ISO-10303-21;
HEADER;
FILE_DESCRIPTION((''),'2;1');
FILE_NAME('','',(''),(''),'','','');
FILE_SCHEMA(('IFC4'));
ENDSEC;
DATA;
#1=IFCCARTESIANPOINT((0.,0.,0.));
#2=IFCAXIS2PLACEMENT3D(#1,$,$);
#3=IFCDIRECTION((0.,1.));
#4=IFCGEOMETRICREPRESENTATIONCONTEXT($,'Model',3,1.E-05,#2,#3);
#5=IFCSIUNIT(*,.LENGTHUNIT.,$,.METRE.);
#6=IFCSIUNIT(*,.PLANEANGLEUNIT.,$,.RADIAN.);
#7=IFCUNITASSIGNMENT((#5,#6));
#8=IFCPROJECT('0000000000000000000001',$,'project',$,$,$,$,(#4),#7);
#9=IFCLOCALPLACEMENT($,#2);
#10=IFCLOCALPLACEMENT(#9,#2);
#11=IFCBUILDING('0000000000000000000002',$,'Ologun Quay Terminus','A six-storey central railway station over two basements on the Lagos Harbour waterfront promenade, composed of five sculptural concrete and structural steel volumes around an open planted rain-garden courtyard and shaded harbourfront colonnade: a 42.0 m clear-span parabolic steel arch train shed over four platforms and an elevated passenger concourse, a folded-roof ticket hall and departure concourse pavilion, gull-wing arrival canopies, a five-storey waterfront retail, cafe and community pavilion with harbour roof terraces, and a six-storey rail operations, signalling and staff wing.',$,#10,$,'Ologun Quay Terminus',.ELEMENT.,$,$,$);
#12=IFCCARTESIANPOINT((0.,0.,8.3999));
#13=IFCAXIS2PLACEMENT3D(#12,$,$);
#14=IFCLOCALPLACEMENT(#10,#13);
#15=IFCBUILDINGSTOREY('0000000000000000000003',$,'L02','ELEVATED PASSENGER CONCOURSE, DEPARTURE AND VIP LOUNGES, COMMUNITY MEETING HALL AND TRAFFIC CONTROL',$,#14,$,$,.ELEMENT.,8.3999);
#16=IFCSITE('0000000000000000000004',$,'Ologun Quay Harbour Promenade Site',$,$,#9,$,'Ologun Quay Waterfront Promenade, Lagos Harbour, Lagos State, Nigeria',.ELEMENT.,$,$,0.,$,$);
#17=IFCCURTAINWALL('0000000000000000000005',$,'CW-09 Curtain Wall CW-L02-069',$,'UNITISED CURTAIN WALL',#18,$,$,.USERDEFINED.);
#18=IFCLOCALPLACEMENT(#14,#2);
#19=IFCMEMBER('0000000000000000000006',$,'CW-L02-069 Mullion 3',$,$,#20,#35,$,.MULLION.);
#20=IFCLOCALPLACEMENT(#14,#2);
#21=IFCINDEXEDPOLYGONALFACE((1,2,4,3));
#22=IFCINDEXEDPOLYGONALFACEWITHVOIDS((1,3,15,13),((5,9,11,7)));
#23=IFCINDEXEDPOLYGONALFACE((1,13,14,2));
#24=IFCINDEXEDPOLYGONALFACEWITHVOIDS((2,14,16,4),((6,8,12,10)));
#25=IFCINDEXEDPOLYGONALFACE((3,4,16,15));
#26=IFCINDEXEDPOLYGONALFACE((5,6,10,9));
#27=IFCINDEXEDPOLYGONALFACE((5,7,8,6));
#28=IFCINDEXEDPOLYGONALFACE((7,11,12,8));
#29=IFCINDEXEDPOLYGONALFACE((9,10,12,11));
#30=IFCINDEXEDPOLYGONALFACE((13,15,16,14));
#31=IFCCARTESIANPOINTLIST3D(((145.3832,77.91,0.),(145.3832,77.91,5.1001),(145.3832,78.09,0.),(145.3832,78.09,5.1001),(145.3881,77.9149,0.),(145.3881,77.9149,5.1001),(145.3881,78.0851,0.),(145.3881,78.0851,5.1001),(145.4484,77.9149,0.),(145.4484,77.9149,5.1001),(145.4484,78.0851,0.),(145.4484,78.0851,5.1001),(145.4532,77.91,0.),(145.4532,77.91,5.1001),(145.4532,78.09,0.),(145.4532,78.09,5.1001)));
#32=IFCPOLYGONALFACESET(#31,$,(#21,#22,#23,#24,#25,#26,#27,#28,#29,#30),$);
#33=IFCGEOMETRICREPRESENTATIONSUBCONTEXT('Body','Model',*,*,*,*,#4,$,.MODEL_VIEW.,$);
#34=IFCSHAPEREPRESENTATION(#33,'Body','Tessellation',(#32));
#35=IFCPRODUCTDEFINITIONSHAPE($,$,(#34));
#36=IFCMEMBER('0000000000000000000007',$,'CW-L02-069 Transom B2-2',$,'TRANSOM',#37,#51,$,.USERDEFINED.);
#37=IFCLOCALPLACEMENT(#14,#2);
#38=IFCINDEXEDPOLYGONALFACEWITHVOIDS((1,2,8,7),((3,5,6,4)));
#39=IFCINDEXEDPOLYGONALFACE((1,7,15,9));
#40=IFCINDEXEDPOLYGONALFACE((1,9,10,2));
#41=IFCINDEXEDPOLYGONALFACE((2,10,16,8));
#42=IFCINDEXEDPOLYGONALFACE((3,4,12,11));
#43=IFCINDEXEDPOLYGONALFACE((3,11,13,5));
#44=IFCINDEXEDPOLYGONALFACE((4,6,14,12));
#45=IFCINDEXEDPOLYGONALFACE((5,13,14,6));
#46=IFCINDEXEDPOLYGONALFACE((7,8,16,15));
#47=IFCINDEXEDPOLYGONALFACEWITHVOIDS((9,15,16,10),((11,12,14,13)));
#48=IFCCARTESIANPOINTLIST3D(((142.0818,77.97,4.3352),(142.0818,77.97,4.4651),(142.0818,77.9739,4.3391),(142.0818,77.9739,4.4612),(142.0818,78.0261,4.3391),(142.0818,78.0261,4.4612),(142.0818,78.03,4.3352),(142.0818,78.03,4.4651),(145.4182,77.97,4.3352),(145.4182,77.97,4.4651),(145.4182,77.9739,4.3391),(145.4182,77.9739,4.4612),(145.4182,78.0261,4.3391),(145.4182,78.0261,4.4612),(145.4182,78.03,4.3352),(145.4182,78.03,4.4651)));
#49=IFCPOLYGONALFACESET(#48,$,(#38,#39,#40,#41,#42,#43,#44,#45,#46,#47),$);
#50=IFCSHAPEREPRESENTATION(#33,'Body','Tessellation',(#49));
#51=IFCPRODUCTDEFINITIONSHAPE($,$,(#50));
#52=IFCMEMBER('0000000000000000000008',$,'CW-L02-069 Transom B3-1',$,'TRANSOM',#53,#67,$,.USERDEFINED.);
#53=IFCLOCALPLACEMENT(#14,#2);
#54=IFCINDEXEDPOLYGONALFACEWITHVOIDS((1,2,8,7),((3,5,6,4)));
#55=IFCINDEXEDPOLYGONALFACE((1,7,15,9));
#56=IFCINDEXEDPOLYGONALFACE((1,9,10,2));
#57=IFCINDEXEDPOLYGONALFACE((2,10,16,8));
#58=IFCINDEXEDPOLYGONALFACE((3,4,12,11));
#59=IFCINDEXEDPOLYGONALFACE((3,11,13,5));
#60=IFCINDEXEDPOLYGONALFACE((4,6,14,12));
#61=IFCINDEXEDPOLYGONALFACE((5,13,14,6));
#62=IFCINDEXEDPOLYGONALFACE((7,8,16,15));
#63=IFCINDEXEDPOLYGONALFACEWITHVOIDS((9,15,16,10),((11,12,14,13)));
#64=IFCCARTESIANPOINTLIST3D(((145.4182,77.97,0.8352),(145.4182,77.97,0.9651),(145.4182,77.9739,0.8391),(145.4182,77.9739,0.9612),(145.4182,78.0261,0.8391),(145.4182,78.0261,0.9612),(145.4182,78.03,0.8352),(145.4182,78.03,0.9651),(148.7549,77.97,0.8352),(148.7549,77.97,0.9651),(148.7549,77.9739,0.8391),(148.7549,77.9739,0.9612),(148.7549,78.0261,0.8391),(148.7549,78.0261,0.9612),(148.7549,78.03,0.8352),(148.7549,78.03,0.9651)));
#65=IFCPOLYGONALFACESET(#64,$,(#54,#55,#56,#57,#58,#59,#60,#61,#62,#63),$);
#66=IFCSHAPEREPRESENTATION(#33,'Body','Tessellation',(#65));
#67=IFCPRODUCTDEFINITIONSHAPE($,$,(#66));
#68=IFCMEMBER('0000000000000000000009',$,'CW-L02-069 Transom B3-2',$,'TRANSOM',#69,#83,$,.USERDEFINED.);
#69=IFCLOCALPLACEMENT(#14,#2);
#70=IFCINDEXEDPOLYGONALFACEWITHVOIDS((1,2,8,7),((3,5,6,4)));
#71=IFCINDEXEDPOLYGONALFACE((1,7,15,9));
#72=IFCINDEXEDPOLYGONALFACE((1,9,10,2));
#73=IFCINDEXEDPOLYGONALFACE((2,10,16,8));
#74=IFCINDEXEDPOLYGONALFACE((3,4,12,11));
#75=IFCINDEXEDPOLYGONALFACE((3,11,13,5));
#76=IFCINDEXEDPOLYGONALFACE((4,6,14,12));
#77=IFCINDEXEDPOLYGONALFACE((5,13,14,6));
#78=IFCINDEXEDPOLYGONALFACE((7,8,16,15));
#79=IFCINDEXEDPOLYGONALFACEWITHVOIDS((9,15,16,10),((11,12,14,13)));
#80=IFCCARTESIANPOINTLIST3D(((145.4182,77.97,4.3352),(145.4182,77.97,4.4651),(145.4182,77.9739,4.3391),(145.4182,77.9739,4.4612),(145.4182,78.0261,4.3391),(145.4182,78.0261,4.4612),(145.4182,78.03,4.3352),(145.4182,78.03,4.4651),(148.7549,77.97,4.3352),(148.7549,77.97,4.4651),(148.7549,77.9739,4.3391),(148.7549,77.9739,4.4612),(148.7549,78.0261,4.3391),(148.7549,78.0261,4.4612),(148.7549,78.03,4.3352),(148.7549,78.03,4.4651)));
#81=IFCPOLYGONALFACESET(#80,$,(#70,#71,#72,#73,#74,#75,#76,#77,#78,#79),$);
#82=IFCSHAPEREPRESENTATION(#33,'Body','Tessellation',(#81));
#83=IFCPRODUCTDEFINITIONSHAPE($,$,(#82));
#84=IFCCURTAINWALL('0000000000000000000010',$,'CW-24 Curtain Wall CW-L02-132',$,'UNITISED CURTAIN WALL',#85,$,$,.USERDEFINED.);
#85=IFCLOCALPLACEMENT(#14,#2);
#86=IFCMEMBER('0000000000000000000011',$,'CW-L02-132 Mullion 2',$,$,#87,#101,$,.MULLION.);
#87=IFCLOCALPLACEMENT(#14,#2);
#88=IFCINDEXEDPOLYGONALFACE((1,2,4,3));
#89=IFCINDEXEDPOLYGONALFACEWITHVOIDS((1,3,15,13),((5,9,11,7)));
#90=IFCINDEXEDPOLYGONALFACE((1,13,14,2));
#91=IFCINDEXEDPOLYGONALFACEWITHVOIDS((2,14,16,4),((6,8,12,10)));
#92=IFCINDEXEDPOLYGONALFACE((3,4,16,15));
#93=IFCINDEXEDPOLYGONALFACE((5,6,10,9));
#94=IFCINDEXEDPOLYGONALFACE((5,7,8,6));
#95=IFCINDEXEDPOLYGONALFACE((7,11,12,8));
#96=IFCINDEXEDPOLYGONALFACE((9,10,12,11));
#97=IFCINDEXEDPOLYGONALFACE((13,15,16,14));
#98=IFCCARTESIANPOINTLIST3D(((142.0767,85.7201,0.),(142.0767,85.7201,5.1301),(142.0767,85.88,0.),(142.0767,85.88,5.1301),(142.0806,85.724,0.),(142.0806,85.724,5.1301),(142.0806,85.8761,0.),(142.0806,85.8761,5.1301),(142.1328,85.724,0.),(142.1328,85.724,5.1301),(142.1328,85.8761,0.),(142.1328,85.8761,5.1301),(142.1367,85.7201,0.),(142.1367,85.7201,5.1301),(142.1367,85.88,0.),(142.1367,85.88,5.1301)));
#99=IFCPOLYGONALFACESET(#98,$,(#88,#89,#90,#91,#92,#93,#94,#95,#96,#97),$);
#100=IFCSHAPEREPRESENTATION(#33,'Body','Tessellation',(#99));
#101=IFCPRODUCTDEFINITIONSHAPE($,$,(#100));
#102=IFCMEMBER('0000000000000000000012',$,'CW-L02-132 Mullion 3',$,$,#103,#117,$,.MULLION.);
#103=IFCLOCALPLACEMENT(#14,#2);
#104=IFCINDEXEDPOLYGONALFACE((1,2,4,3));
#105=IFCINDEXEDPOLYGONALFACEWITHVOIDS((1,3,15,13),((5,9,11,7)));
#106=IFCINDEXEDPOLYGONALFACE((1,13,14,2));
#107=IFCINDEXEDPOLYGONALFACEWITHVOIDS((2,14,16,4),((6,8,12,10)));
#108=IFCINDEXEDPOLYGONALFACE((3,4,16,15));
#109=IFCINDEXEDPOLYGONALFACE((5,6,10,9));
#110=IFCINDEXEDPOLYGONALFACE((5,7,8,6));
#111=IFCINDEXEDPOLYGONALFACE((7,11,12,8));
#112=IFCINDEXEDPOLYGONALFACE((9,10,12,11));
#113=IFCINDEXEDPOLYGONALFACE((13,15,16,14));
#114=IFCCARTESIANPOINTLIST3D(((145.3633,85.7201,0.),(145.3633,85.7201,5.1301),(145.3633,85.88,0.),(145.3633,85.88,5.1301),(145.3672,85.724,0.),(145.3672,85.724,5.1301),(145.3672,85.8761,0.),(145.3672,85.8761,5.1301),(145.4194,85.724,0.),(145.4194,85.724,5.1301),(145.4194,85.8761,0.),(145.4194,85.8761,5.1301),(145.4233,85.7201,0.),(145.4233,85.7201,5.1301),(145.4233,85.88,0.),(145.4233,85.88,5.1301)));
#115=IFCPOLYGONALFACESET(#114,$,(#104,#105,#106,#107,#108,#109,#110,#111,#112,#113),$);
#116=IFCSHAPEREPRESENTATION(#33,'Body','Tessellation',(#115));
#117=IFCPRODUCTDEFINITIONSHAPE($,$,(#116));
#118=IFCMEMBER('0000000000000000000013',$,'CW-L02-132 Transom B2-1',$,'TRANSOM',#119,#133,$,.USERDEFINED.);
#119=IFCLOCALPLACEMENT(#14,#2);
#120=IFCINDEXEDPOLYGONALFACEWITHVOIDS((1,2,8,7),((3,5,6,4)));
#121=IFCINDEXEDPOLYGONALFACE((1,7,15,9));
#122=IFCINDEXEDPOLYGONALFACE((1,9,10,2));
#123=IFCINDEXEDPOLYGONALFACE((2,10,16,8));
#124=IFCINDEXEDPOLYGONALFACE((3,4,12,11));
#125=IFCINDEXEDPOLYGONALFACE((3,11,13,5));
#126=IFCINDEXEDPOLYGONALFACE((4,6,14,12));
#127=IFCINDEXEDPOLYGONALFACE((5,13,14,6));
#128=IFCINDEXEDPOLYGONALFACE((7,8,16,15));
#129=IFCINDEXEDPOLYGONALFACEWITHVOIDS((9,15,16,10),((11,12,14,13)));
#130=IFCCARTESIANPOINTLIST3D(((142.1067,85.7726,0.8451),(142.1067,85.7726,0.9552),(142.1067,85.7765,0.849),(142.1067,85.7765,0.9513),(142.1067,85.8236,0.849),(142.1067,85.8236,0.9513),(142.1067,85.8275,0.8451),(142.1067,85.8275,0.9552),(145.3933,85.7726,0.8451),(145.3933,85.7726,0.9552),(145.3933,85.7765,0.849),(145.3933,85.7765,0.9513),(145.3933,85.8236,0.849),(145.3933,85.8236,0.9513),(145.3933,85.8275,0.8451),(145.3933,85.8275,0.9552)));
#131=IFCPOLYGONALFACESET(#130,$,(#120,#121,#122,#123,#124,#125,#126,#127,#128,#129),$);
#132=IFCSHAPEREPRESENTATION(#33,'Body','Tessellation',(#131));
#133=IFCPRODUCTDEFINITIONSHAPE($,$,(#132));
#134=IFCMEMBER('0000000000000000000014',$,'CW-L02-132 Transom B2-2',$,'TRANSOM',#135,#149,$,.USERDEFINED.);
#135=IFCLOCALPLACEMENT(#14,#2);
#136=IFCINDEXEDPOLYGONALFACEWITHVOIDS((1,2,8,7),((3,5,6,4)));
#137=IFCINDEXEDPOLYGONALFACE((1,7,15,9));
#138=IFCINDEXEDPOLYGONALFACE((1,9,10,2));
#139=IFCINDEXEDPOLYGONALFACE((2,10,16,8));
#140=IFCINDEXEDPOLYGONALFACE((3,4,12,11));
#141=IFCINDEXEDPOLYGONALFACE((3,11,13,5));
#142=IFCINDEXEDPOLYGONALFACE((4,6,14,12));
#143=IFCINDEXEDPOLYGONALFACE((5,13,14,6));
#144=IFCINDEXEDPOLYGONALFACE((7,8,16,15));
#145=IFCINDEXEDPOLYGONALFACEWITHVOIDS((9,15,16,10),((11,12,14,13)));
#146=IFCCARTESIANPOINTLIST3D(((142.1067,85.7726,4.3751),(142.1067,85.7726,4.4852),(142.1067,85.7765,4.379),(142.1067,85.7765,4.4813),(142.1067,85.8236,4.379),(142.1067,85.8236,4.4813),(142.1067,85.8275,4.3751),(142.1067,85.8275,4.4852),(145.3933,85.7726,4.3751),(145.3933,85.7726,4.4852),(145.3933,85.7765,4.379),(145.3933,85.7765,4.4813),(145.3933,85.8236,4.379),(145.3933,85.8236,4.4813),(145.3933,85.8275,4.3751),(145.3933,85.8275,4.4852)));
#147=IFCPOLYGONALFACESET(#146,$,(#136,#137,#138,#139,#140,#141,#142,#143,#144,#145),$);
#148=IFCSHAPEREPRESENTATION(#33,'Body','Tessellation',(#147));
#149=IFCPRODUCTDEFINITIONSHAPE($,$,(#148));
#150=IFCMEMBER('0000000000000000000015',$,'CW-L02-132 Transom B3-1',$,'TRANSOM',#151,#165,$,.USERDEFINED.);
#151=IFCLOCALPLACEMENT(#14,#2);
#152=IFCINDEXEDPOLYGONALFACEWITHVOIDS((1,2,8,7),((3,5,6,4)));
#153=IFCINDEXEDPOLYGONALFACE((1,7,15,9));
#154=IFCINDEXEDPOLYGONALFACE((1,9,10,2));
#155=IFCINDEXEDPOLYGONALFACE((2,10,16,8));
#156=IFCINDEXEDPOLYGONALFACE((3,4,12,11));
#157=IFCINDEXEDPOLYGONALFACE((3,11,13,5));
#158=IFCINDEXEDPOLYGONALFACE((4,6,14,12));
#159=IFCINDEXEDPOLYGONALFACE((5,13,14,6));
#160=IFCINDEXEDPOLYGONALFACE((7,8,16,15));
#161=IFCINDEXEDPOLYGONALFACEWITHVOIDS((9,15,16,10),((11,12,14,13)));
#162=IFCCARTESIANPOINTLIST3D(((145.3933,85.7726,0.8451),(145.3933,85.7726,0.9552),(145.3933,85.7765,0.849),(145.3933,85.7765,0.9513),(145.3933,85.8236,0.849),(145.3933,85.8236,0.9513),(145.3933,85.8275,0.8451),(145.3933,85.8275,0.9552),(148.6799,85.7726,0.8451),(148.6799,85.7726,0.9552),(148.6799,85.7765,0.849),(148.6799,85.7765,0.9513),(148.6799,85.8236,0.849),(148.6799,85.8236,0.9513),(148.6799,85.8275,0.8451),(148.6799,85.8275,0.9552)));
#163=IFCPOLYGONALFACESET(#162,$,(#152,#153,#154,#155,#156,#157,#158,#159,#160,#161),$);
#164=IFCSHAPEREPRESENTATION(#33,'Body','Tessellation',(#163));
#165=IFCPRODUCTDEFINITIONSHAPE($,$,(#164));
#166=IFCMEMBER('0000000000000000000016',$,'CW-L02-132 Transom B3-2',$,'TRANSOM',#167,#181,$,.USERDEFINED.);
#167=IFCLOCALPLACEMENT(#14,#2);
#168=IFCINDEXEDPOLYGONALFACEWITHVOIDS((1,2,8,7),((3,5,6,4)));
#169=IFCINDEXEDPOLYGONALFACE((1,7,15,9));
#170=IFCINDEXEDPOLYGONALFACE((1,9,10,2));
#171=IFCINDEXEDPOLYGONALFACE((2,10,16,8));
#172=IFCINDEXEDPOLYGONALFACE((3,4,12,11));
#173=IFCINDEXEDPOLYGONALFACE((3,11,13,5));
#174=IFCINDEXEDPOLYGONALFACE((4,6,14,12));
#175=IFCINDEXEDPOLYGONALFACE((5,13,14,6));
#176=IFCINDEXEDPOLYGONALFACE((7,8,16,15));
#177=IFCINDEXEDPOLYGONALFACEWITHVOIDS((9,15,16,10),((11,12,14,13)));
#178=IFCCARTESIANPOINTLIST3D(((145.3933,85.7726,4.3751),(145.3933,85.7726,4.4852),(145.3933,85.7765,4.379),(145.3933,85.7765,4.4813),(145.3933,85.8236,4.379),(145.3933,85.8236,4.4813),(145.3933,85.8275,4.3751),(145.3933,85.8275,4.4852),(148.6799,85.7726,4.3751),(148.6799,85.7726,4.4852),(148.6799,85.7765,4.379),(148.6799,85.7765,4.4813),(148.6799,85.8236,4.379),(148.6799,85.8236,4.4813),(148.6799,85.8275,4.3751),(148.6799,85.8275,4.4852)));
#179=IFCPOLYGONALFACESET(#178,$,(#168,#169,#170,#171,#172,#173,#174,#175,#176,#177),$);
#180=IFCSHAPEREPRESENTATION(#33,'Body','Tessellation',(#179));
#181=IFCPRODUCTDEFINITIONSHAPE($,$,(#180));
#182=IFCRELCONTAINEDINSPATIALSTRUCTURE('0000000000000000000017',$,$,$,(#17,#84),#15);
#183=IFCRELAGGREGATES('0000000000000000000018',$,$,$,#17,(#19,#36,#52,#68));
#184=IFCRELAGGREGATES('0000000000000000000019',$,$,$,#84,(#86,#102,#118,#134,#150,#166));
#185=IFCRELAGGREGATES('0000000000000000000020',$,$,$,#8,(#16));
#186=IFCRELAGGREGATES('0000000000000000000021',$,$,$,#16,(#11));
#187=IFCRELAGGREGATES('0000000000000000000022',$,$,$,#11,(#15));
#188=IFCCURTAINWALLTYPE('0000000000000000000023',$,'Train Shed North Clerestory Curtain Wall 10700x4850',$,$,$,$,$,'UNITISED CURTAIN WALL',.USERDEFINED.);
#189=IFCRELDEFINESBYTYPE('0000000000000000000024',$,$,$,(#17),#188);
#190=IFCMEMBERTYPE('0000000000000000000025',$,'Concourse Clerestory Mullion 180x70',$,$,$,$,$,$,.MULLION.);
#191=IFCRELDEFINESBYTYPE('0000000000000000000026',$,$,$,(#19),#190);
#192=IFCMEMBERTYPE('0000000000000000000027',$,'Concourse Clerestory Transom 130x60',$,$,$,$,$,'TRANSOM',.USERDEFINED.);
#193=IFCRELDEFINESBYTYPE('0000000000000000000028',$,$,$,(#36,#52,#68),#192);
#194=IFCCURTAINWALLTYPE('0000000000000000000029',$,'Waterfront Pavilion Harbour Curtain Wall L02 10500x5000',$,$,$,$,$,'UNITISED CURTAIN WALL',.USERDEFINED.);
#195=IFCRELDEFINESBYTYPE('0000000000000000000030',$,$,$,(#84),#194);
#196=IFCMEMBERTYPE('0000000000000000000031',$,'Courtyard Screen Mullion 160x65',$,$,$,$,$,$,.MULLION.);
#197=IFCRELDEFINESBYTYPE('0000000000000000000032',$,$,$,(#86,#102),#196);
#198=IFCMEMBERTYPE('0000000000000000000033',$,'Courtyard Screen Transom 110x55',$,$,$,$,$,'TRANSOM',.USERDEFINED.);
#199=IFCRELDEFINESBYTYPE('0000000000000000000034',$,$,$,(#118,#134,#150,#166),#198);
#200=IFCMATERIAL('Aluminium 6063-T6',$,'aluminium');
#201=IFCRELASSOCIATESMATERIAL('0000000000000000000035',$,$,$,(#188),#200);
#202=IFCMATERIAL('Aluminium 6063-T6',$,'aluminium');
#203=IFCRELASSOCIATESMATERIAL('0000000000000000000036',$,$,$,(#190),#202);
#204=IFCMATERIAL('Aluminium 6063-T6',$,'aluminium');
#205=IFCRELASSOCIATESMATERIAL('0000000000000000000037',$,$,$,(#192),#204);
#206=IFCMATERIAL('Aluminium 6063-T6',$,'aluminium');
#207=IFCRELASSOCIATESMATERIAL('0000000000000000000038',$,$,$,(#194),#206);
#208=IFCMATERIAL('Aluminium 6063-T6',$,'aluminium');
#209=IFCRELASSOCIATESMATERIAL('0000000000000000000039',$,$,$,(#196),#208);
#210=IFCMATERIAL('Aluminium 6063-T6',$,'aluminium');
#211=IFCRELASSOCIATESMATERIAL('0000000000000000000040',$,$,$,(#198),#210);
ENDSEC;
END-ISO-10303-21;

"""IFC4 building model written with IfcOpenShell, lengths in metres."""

from ifc_helpers import new_model, si_unit, direction, frame, origin, origin_2d, place, context, subcontext, project, spatial, hollow_rectangle, extrude, material, material_profile, profile_set, type_object, element, aggregate, save


model = new_model("IFC4")

# Units and contexts
model_context = context("Model", 3, precision=1e-05, world=origin(), true_north=direction((0.0, 1.0)))
body_context = subcontext(model_context, "Body", "Model", "MODEL_VIEW")
ifc_project = project(units=[si_unit("LENGTHUNIT", "METRE"), si_unit("PLANEANGLEUNIT", "RADIAN")], contexts=[model_context])

# Site, building, storey
site_placement = place(None, origin())
site = spatial("IfcSite", under=ifc_project, at=site_placement, Name="Ologun Quay Harbour Promenade Site", LongName="Ologun Quay Waterfront Promenade, Lagos Harbour, Lagos State, Nigeria", CompositionType="ELEMENT", RefElevation=0.0)
building_placement = place(site_placement, origin())
building = spatial("IfcBuilding", under=site, at=building_placement, Name="Ologun Quay Terminus", Description="A six-storey central railway station over two basements on the Lagos Harbour waterfront promenade, composed of five sculptural concrete and structural steel volumes around an open planted rain-garden courtyard and shaded harbourfront colonnade: a 42.0 m clear-span parabolic steel arch train shed over four platforms and an elevated passenger concourse, a folded-roof ticket hall and departure concourse pavilion, gull-wing arrival canopies, a five-storey waterfront retail, cafe and community pavilion with harbour roof terraces, and a six-storey rail operations, signalling and staff wing.", LongName="Ologun Quay Terminus", CompositionType="ELEMENT")
storey_placement = place(building_placement, frame((0.0, 0.0, 8.3999)))
storey = spatial("IfcBuildingStorey", under=building, at=storey_placement, Name="L02", Description="ELEVATED PASSENGER CONCOURSE, DEPARTURE AND VIP LOUNGES, COMMUNITY MEETING HALL AND TRAFFIC CONTROL", CompositionType="ELEMENT", Elevation=8.3999)

# Curtain walls, members
ifc_material_1 = material(Name="Aluminium 6063-T6", Category="aluminium")
curtain_wall_type_1 = type_object("IfcCurtainWallType", Name="Train Shed North Clerestory Curtain Wall 10700x4850", ElementType="UNITISED CURTAIN WALL", PredefinedType="USERDEFINED", material=ifc_material_1)
curtain_wall_1_placement = place(storey_placement, origin())
curtain_wall_1 = element("IfcCurtainWall", 1, at=curtain_wall_1_placement, inside=storey, type_object=curtain_wall_type_1, Name="CW-09 Curtain Wall CW-L02-069", ObjectType="UNITISED CURTAIN WALL", PredefinedType="USERDEFINED")
ifc_material_2 = material(Name="Aluminium 6063-T6", Category="aluminium")
ifc_material_profile_1 = material_profile(ifc_material_2, hollow_rectangle(XDim=0.0701, YDim=0.1799, WallThickness=0.0049, at=origin_2d()), Name="ALU 180x70x5")
ifc_profile_set_1 = profile_set([ifc_material_profile_1], Name="Aluminium 6063-T6")
member_type_1 = type_object("IfcMemberType", Name="Concourse Clerestory Mullion 180x70", PredefinedType="MULLION", material=ifc_profile_set_1)
member_1_placement = place(storey_placement, frame((145.4182, 78.0, 0.0), z_axis=(0.0, 0.0, 1.0), x_axis=(1.0, 0.0, 0.0)))
member_1 = element("IfcMember", 2, at=member_1_placement, type_object=member_type_1, Name="CW-L02-069 Mullion 3", PredefinedType="MULLION", context=body_context, shape_type="SweptSolid", body=[
    extrude(hollow_rectangle(XDim=0.0701, YDim=0.1799, WallThickness=0.0049, at=origin_2d()), origin(), (0.0, 0.0, 1.0), 5.1001),
])
ifc_material_3 = material(Name="Aluminium 6063-T6", Category="aluminium")
ifc_material_profile_2 = material_profile(ifc_material_3, hollow_rectangle(XDim=0.0601, YDim=0.1299, WallThickness=0.0039, at=origin_2d()), Name="ALU 130x60x4")
ifc_profile_set_2 = profile_set([ifc_material_profile_2], Name="Aluminium 6063-T6")
member_type_2 = type_object("IfcMemberType", Name="Concourse Clerestory Transom 130x60", ElementType="TRANSOM", PredefinedType="USERDEFINED", material=ifc_profile_set_2)
member_2_placement = place(storey_placement, frame((142.0818, 78.0, 4.4001), z_axis=(1.0, 0.0, 0.0), x_axis=(0.0, 1.0, 0.0)))
member_2 = element("IfcMember", 3, at=member_2_placement, type_object=member_type_2, Name="CW-L02-069 Transom B2-2", ObjectType="TRANSOM", PredefinedType="USERDEFINED", context=body_context, shape_type="SweptSolid", body=[
    extrude(hollow_rectangle(XDim=0.0601, YDim=0.1299, WallThickness=0.0039, at=origin_2d()), origin(), (0.0, 0.0, 1.0), 3.3364),
])
member_3_placement = place(storey_placement, frame((145.4182, 78.0, 0.9001), z_axis=(1.0, 0.0, 0.0), x_axis=(0.0, 1.0, 0.0)))
member_3 = element("IfcMember", 4, at=member_3_placement, type_object=member_type_2, Name="CW-L02-069 Transom B3-1", ObjectType="TRANSOM", PredefinedType="USERDEFINED", context=body_context, shape_type="SweptSolid", body=[
    extrude(hollow_rectangle(XDim=0.0601, YDim=0.1299, WallThickness=0.0039, at=origin_2d()), origin(), (0.0, 0.0, 1.0), 3.3367),
])
member_4_placement = place(storey_placement, frame((145.4182, 78.0, 4.4001), z_axis=(1.0, 0.0, 0.0), x_axis=(0.0, 1.0, 0.0)))
member_4 = element("IfcMember", 5, at=member_4_placement, type_object=member_type_2, Name="CW-L02-069 Transom B3-2", ObjectType="TRANSOM", PredefinedType="USERDEFINED", context=body_context, shape_type="SweptSolid", body=[
    extrude(hollow_rectangle(XDim=0.0601, YDim=0.1299, WallThickness=0.0039, at=origin_2d()), origin(), (0.0, 0.0, 1.0), 3.3367),
])
ifc_material_4 = material(Name="Aluminium 6063-T6", Category="aluminium")
curtain_wall_type_2 = type_object("IfcCurtainWallType", Name="Waterfront Pavilion Harbour Curtain Wall L02 10500x5000", ElementType="UNITISED CURTAIN WALL", PredefinedType="USERDEFINED", material=ifc_material_4)
curtain_wall_2_placement = place(storey_placement, origin())
curtain_wall_2 = element("IfcCurtainWall", 6, at=curtain_wall_2_placement, inside=storey, type_object=curtain_wall_type_2, Name="CW-24 Curtain Wall CW-L02-132", ObjectType="UNITISED CURTAIN WALL", PredefinedType="USERDEFINED")
ifc_material_5 = material(Name="Aluminium 6063-T6", Category="aluminium")
ifc_material_profile_3 = material_profile(ifc_material_5, hollow_rectangle(XDim=0.0601, YDim=0.1599, WallThickness=0.0039, at=origin_2d()), Name="ALU 160x60x4")
ifc_profile_set_3 = profile_set([ifc_material_profile_3], Name="Aluminium 6063-T6")
member_type_3 = type_object("IfcMemberType", Name="Courtyard Screen Mullion 160x65", PredefinedType="MULLION", material=ifc_profile_set_3)
member_5_placement = place(storey_placement, frame((142.1067, 85.8, 0.0), z_axis=(0.0, 0.0, 1.0), x_axis=(1.0, 0.0, 0.0)))
member_5 = element("IfcMember", 7, at=member_5_placement, type_object=member_type_3, Name="CW-L02-132 Mullion 2", PredefinedType="MULLION", context=body_context, shape_type="SweptSolid", body=[
    extrude(hollow_rectangle(XDim=0.0601, YDim=0.1599, WallThickness=0.0039, at=origin_2d()), origin(), (0.0, 0.0, 1.0), 5.1301),
])
member_6_placement = place(storey_placement, frame((145.3933, 85.8, 0.0), z_axis=(0.0, 0.0, 1.0), x_axis=(1.0, 0.0, 0.0)))
member_6 = element("IfcMember", 8, at=member_6_placement, type_object=member_type_3, Name="CW-L02-132 Mullion 3", PredefinedType="MULLION", context=body_context, shape_type="SweptSolid", body=[
    extrude(hollow_rectangle(XDim=0.0601, YDim=0.1599, WallThickness=0.0039, at=origin_2d()), origin(), (0.0, 0.0, 1.0), 5.1301),
])
ifc_material_6 = material(Name="Aluminium 6063-T6", Category="aluminium")
ifc_material_profile_4 = material_profile(ifc_material_6, hollow_rectangle(XDim=0.0549, YDim=0.1101, WallThickness=0.0039, at=origin_2d()), Name="ALU 110x55x4")
ifc_profile_set_4 = profile_set([ifc_material_profile_4], Name="Aluminium 6063-T6")
member_type_4 = type_object("IfcMemberType", Name="Courtyard Screen Transom 110x55", ElementType="TRANSOM", PredefinedType="USERDEFINED", material=ifc_profile_set_4)
member_7_placement = place(storey_placement, frame((142.1067, 85.8, 0.9001), z_axis=(1.0, 0.0, 0.0), x_axis=(0.0, 1.0, 0.0)))
member_7 = element("IfcMember", 9, at=member_7_placement, type_object=member_type_4, Name="CW-L02-132 Transom B2-1", ObjectType="TRANSOM", PredefinedType="USERDEFINED", context=body_context, shape_type="SweptSolid", body=[
    extrude(hollow_rectangle(XDim=0.0549, YDim=0.1101, WallThickness=0.0039, at=origin_2d()), origin(), (0.0, 0.0, 1.0), 3.2866),
])
member_8_placement = place(storey_placement, frame((142.1067, 85.8, 4.4302), z_axis=(1.0, 0.0, 0.0), x_axis=(0.0, 1.0, 0.0)))
member_8 = element("IfcMember", 10, at=member_8_placement, type_object=member_type_4, Name="CW-L02-132 Transom B2-2", ObjectType="TRANSOM", PredefinedType="USERDEFINED", context=body_context, shape_type="SweptSolid", body=[
    extrude(hollow_rectangle(XDim=0.0549, YDim=0.1101, WallThickness=0.0039, at=origin_2d()), origin(), (0.0, 0.0, 1.0), 3.2866),
])
member_9_placement = place(storey_placement, frame((145.3933, 85.8, 0.9001), z_axis=(1.0, 0.0, 0.0), x_axis=(0.0, 1.0, 0.0)))
member_9 = element("IfcMember", 11, at=member_9_placement, type_object=member_type_4, Name="CW-L02-132 Transom B3-1", ObjectType="TRANSOM", PredefinedType="USERDEFINED", context=body_context, shape_type="SweptSolid", body=[
    extrude(hollow_rectangle(XDim=0.0549, YDim=0.1101, WallThickness=0.0039, at=origin_2d()), origin(), (0.0, 0.0, 1.0), 3.2866),
])
member_10_placement = place(storey_placement, frame((145.3933, 85.8, 4.4302), z_axis=(1.0, 0.0, 0.0), x_axis=(0.0, 1.0, 0.0)))
member_10 = element("IfcMember", 12, at=member_10_placement, type_object=member_type_4, Name="CW-L02-132 Transom B3-2", ObjectType="TRANSOM", PredefinedType="USERDEFINED", context=body_context, shape_type="SweptSolid", body=[
    extrude(hollow_rectangle(XDim=0.0549, YDim=0.1101, WallThickness=0.0039, at=origin_2d()), origin(), (0.0, 0.0, 1.0), 3.2866),
])

aggregate(curtain_wall_1, [member_1, member_2, member_3, member_4])
aggregate(curtain_wall_2, [member_5, member_6, member_7, member_8, member_9, member_10])

save(model, "model.ifc")
